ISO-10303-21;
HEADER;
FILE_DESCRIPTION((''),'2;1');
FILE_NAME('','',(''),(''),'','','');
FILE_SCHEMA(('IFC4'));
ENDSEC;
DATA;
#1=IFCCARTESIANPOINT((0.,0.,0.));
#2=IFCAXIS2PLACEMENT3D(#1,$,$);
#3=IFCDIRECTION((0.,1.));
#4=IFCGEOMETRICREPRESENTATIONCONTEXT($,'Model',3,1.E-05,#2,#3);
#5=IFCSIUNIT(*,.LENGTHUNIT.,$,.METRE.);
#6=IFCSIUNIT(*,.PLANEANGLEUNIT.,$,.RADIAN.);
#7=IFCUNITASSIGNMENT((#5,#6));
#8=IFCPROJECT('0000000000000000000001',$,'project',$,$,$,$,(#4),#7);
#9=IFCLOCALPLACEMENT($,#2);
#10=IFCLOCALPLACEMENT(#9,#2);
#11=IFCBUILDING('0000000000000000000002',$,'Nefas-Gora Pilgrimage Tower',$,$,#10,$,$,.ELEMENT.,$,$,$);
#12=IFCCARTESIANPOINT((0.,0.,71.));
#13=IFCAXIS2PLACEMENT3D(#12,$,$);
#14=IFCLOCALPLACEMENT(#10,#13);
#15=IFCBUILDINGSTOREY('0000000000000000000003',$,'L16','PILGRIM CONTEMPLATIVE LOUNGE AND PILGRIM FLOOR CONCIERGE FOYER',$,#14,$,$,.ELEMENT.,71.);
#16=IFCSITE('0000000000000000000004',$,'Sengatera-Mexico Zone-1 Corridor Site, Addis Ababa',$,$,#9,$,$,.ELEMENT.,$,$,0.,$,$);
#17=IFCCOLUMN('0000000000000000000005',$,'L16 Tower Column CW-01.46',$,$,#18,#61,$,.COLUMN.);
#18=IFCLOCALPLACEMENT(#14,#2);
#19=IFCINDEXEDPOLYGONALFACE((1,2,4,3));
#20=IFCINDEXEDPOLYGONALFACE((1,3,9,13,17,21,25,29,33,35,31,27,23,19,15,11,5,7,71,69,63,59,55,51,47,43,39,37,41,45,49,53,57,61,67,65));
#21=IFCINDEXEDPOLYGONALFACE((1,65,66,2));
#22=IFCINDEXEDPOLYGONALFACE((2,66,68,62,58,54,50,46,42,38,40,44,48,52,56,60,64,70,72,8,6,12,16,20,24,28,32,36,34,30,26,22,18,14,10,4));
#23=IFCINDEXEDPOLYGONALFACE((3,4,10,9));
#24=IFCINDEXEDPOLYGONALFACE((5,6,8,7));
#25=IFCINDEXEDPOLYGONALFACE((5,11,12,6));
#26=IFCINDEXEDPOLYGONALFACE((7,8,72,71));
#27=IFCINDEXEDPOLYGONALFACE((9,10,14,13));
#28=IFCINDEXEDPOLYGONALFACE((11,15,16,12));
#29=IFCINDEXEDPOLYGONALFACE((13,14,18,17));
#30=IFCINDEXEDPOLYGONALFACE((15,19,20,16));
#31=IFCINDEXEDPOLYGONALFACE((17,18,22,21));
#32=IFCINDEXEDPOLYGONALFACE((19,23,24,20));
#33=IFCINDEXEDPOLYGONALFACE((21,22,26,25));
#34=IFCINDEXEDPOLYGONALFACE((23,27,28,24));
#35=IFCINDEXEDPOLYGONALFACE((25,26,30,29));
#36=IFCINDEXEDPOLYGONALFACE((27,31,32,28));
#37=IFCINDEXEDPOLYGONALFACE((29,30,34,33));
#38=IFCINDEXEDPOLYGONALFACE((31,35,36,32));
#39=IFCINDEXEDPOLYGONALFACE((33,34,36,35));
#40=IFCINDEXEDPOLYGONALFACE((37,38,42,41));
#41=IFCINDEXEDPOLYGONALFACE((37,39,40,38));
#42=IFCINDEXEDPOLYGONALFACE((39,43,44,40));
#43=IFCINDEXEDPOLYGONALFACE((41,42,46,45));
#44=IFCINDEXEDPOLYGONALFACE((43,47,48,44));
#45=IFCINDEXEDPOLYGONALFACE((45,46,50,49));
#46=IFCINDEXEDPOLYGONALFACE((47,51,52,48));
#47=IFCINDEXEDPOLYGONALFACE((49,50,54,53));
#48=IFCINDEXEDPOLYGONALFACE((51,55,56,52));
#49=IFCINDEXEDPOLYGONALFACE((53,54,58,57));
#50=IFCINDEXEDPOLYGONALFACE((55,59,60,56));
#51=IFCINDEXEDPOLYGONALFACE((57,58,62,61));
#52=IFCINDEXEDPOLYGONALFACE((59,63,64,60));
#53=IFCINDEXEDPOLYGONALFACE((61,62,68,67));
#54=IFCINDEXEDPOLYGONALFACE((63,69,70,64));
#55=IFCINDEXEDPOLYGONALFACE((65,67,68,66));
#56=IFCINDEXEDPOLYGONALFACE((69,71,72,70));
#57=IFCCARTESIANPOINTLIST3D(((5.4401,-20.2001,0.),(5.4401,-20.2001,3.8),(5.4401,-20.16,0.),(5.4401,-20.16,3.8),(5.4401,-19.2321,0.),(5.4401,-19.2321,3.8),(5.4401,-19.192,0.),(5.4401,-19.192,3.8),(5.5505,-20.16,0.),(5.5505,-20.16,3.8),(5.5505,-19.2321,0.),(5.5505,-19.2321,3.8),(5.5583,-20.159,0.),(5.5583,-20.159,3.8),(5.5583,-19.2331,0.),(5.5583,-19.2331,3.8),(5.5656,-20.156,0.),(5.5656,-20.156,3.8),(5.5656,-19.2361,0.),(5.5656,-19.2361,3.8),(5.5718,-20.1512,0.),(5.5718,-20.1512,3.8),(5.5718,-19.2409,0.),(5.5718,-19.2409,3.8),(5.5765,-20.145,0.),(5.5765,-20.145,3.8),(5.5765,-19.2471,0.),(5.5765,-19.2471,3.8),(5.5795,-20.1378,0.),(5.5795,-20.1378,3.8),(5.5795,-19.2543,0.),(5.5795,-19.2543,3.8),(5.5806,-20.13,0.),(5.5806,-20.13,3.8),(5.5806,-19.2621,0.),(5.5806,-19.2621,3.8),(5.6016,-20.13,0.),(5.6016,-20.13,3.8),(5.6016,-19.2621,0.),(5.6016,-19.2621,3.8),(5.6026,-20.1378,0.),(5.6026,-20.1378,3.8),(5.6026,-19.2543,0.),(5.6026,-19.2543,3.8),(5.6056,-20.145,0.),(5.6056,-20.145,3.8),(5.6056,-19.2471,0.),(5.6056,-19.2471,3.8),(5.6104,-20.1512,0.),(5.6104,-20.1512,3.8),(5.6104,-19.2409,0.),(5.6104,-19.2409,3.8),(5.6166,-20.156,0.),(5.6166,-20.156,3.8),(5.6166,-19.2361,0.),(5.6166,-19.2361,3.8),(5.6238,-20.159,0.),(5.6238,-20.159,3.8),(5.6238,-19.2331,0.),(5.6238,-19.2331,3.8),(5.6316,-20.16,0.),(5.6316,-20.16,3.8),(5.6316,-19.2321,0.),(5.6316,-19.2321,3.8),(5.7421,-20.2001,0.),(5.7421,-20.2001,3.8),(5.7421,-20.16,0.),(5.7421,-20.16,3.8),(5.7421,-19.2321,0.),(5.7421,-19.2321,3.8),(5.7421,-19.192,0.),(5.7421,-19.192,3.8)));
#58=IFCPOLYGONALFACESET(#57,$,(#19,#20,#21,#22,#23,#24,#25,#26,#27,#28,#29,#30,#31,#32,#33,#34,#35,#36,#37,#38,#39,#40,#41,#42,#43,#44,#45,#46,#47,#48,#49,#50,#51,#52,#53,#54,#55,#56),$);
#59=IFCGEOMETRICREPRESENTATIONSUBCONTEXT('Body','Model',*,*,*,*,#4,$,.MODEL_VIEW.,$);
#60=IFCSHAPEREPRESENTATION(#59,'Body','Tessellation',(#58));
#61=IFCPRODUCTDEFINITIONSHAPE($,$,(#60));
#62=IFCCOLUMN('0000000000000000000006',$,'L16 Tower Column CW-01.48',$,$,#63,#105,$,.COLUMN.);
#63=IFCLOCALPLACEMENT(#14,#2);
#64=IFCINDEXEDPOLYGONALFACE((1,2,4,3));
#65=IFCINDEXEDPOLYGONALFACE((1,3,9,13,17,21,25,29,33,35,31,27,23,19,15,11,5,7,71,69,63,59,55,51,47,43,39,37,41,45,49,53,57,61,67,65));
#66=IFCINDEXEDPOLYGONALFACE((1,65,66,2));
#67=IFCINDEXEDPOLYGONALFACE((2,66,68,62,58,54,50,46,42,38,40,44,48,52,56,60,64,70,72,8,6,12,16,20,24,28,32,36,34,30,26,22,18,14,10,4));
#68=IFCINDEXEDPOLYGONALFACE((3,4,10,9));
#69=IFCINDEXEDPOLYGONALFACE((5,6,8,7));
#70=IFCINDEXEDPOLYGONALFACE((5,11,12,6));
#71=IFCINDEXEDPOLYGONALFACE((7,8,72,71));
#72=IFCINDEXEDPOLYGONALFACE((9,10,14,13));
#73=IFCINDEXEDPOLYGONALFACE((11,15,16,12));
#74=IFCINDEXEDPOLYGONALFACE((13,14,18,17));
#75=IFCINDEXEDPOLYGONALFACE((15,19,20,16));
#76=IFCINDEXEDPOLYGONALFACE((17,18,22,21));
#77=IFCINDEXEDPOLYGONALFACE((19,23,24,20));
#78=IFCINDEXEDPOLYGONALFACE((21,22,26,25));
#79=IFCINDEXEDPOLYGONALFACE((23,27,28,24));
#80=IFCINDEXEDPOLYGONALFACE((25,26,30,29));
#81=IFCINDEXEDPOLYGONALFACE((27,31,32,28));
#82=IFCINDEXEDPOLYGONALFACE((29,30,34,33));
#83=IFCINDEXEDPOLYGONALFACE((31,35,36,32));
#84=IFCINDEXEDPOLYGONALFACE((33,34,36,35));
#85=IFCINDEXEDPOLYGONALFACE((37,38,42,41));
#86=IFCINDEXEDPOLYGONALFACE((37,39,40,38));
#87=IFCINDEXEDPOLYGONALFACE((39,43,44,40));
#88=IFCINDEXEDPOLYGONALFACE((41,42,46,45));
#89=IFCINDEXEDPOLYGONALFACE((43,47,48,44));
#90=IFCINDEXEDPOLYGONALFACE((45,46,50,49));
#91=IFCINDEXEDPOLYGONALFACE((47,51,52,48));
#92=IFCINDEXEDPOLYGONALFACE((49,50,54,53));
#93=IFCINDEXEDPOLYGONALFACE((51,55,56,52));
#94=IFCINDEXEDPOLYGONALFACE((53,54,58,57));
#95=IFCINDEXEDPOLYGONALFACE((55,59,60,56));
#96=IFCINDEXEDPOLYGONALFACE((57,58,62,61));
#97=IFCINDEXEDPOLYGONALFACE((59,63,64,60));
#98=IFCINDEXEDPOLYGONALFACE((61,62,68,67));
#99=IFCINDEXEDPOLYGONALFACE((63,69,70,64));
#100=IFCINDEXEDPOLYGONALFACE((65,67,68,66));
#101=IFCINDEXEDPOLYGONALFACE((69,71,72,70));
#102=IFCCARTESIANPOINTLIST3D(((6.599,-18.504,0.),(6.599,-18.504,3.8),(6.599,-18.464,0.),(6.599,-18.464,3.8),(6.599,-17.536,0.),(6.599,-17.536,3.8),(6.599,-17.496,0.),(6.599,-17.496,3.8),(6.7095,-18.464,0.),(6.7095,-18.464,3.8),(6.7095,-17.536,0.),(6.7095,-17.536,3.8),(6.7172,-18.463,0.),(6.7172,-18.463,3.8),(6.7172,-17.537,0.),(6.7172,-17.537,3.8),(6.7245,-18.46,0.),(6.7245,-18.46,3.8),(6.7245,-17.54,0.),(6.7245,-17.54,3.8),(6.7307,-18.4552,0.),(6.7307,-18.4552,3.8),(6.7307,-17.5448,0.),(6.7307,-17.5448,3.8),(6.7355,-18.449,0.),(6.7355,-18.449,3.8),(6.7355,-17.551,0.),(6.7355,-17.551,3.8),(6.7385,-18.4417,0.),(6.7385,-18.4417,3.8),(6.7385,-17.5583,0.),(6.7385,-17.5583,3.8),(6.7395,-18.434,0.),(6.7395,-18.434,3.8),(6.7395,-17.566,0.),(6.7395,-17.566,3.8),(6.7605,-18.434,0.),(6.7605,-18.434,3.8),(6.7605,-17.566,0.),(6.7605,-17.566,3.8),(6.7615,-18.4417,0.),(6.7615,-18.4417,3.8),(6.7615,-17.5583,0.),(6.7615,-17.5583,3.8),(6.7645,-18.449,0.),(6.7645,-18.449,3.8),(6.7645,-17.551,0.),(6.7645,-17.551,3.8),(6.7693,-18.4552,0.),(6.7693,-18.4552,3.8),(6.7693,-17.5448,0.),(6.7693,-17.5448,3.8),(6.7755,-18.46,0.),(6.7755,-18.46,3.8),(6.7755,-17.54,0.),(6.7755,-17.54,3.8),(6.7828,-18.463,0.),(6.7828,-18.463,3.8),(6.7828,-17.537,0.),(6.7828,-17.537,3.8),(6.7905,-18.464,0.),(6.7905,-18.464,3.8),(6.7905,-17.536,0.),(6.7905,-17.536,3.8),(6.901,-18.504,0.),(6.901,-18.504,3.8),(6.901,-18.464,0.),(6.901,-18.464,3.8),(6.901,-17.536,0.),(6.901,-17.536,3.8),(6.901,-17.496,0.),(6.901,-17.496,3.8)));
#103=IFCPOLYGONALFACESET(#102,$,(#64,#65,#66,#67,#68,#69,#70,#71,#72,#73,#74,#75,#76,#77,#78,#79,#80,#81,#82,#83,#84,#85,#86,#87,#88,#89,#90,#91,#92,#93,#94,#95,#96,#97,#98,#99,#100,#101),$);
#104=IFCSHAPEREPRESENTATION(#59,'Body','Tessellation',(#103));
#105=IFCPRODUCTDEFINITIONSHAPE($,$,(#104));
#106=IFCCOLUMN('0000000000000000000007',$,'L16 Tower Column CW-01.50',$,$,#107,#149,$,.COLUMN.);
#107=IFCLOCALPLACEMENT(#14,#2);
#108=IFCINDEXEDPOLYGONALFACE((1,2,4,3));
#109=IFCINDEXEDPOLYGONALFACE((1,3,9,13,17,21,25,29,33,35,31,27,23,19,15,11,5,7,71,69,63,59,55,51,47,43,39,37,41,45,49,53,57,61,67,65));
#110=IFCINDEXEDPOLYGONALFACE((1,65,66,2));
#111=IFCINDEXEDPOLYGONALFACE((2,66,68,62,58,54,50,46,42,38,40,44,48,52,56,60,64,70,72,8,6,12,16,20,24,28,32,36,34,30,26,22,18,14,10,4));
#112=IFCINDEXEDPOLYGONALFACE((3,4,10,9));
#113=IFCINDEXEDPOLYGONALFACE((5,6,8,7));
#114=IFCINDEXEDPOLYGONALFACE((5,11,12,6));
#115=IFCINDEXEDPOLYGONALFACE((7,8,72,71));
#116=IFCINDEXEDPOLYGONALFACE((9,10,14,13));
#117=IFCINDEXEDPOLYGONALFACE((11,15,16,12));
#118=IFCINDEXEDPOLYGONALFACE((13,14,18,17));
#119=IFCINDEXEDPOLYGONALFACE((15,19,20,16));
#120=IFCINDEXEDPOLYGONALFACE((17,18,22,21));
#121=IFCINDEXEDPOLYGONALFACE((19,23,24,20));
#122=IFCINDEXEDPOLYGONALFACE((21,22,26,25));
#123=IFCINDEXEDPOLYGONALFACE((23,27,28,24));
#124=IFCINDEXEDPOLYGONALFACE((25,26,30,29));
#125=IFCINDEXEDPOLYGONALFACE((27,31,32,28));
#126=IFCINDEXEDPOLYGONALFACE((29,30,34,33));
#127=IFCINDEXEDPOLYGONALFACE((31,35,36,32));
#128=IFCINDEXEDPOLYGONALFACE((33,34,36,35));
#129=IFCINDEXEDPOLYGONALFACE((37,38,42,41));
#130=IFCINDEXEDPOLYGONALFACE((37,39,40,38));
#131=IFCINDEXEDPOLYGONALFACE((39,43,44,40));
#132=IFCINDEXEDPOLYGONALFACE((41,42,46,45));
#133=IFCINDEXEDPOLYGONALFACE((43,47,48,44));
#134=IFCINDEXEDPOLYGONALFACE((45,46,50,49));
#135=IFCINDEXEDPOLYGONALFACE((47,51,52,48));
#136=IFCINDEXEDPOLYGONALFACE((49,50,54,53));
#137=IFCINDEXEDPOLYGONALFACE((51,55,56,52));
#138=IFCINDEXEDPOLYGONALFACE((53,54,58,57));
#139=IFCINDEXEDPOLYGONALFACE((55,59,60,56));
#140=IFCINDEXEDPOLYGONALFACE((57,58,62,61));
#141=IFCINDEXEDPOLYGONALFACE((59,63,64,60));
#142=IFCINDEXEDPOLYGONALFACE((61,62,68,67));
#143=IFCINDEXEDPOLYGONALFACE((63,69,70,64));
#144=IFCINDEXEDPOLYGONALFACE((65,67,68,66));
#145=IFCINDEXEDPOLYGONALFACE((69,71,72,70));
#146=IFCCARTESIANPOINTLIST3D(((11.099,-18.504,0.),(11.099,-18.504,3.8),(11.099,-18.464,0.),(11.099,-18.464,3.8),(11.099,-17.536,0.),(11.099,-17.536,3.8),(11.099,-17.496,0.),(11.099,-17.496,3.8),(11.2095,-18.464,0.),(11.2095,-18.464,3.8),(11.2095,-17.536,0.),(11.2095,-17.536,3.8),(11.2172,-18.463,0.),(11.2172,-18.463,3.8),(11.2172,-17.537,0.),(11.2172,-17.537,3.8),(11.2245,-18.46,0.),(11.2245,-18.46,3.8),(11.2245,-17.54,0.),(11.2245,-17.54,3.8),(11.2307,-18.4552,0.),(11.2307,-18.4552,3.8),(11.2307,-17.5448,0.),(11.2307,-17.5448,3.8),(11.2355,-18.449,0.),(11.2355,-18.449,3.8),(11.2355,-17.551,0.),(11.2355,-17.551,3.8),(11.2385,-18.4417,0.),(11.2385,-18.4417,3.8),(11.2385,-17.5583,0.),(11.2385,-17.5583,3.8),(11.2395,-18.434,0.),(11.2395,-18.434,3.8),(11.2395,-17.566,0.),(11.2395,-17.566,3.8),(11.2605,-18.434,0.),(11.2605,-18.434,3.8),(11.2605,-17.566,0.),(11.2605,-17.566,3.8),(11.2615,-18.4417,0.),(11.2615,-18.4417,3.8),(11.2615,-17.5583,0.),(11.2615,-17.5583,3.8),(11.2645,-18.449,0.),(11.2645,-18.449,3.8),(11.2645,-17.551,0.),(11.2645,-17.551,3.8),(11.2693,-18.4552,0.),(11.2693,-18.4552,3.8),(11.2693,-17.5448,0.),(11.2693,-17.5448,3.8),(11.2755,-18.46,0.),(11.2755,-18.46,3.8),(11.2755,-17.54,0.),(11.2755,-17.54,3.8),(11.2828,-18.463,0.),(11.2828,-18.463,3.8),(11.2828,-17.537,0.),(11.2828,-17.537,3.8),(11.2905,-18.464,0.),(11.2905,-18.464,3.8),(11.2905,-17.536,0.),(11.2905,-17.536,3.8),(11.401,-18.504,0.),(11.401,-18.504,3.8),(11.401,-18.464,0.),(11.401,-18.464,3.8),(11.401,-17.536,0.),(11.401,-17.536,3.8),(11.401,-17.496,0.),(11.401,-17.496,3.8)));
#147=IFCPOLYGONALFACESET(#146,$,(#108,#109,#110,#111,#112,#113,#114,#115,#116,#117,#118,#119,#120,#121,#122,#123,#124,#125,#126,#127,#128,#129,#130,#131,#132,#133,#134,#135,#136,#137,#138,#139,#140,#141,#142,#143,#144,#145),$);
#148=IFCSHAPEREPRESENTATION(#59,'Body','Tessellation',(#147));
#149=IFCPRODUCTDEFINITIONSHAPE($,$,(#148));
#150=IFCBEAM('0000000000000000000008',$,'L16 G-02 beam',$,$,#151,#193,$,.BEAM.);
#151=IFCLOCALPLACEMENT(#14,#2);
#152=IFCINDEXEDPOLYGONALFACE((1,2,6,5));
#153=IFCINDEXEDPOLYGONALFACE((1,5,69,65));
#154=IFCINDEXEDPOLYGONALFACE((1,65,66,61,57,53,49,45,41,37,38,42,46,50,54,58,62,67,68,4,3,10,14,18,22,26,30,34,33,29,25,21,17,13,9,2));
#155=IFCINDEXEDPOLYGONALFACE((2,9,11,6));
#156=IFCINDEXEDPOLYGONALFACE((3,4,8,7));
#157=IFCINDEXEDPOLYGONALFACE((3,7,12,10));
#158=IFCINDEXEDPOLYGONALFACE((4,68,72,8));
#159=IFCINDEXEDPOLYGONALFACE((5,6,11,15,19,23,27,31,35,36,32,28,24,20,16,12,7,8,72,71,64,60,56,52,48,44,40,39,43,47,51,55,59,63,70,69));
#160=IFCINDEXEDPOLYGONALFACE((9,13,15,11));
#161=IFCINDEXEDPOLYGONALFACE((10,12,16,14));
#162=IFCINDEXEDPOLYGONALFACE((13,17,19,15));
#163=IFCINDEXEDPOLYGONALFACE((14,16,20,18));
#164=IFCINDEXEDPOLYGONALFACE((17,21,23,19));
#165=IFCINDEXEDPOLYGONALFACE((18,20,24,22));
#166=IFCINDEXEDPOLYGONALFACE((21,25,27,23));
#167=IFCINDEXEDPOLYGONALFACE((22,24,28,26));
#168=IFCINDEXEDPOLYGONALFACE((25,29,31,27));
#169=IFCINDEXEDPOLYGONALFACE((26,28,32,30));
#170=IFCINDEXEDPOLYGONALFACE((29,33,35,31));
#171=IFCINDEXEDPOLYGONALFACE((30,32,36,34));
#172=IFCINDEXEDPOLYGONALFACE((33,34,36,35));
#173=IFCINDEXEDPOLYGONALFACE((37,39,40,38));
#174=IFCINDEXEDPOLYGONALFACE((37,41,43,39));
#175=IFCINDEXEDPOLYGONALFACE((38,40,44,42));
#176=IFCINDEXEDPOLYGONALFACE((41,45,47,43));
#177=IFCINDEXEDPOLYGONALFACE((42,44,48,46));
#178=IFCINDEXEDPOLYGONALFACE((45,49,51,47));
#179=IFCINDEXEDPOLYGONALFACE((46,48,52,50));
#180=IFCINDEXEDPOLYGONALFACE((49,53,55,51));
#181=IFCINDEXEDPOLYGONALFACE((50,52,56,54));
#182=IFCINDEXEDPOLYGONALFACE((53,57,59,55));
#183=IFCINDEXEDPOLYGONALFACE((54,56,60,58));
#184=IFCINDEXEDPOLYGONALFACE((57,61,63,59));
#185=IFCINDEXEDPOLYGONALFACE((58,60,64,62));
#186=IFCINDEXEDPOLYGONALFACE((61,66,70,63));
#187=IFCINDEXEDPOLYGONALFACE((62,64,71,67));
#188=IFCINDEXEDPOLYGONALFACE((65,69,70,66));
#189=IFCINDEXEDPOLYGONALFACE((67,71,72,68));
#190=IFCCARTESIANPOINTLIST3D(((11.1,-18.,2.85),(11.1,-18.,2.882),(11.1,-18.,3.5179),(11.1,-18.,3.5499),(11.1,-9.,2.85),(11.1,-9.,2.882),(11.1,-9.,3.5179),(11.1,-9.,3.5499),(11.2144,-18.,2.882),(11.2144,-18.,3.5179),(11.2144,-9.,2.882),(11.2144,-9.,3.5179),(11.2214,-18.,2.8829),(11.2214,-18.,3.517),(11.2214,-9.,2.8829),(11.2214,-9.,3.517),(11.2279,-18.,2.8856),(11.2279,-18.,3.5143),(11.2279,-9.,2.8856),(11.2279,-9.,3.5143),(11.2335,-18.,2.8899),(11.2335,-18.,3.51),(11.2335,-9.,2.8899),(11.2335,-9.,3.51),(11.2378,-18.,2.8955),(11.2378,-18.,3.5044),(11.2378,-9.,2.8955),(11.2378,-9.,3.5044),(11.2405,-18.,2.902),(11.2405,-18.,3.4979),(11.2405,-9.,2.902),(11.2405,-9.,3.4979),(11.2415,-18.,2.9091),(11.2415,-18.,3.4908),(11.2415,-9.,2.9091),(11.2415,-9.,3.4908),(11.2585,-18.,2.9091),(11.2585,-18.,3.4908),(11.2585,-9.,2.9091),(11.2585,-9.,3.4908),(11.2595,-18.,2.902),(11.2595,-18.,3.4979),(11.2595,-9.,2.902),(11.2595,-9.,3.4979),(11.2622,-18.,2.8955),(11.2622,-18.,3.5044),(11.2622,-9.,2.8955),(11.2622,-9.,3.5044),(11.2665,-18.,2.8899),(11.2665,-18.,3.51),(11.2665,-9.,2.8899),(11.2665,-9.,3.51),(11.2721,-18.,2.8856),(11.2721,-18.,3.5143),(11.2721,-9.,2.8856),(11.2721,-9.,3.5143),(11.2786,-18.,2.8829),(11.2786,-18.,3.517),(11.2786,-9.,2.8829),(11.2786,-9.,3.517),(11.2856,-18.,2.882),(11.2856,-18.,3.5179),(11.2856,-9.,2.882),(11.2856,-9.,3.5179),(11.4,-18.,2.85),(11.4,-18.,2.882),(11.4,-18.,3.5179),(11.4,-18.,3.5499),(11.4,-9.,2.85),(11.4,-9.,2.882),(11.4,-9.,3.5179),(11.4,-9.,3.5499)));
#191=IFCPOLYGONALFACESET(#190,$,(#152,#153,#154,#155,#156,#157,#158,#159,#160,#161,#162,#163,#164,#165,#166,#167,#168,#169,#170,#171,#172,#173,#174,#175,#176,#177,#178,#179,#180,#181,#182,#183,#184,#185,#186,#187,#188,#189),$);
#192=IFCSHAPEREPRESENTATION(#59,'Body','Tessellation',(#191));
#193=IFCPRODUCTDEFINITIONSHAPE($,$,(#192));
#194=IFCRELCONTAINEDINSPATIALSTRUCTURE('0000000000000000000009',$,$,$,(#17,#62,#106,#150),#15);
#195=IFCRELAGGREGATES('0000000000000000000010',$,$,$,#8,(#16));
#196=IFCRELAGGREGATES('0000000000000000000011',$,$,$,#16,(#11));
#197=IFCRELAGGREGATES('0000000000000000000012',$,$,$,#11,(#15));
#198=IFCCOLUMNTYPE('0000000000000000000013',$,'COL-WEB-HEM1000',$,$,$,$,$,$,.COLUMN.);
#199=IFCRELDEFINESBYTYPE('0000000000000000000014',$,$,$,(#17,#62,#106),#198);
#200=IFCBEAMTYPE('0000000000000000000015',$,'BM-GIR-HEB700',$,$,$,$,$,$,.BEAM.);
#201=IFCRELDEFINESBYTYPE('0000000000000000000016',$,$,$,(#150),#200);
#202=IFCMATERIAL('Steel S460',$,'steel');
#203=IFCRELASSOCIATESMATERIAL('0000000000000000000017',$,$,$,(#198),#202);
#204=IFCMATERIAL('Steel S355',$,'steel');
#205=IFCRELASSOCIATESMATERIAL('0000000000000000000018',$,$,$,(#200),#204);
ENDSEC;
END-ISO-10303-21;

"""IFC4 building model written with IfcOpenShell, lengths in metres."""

from ifc_helpers import new_model, si_unit, direction, frame, origin, origin_2d, place, context, subcontext, project, spatial, i_section, extrude, source, transform, mapped, material, material_profile, profile_set, type_object, element, save


model = new_model("IFC4")

# Units and contexts
model_context = context("Model", 3, precision=1e-05, world=origin(), true_north=direction((0.0, 1.0)))
body_context = subcontext(model_context, "Body", "Model", "MODEL_VIEW")
ifc_project = project(units=[si_unit("LENGTHUNIT", "METRE"), si_unit("PLANEANGLEUNIT", "RADIAN")], contexts=[model_context])

# Site, building, storey
site_placement = place(None, origin())
site = spatial("IfcSite", under=ifc_project, at=site_placement, Name="Sengatera-Mexico Zone-1 Corridor Site, Addis Ababa", CompositionType="ELEMENT", RefElevation=0.0)
building_placement = place(site_placement, origin())
building = spatial("IfcBuilding", under=site, at=building_placement, Name="Nefas-Gora Pilgrimage Tower", CompositionType="ELEMENT")
storey_placement = place(building_placement, frame((0.0, 0.0, 71.0)))
storey = spatial("IfcBuildingStorey", under=building, at=storey_placement, Name="L16", Description="PILGRIM CONTEMPLATIVE LOUNGE AND PILGRIM FLOOR CONCIERGE FOYER", CompositionType="ELEMENT", Elevation=71.0)

# Columns
ifc_material_1 = material(Name="Steel S460", Category="steel")
ifc_material_profile_1 = material_profile(ifc_material_1, i_section(OverallWidth=0.302, OverallDepth=1.0081, WebThickness=0.021, FlangeThickness=0.04, FilletRadius=0.03, at=origin_2d()), Name="HEM 1000")
ifc_profile_set_1 = profile_set([ifc_material_profile_1], Name="Steel S460")
column_type_1 = type_object("IfcColumnType", Name="COL-WEB-HEM1000", PredefinedType="COLUMN", material=ifc_profile_set_1)
shared_shape_1 = source(origin(), body_context, "Body", "SweptSolid", [
    extrude(i_section(OverallWidth=0.302, OverallDepth=1.0081, WebThickness=0.021, FlangeThickness=0.04, FilletRadius=0.03, at=origin_2d()), origin(), (0.0, 0.0, 1.0), 3.8),
])
for number, where, z_axis, x_axis, name in (
    (1, (5.5911, -19.696, 0.0), (0.0, 0.0, 1.0), (1.0, 0.0, 0.0), "L16 Tower Column CW-01.46"),
    (2, (6.75, -18.0, 0.0), (0.0, 0.0, 1.0), (1.0, 0.0, 0.0), "L16 Tower Column CW-01.48"),
    (3, (11.25, -18.0, 0.0), (0.0, 0.0, 1.0), (1.0, 0.0, 0.0), "L16 Tower Column CW-01.50"),
):
    element("IfcColumn", number, at=place(storey_placement, frame(where, z_axis=z_axis, x_axis=x_axis)), inside=storey, type_object=column_type_1, Name=name, PredefinedType="COLUMN", context=body_context, shape_type="MappedRepresentation", body=[
        mapped(shared_shape_1, transform((0.0, 0.0, 0.0), x_axis=(1.0, 0.0, 0.0), y_axis=(0.0, 1.0, 0.0), z_axis=(0.0, 0.0, 1.0), scale=1.0)),
    ])

# Beam
ifc_material_2 = material(Name="Steel S355", Category="steel")
ifc_material_profile_2 = material_profile(ifc_material_2, i_section(OverallWidth=0.3, OverallDepth=0.7, WebThickness=0.0171, FlangeThickness=0.032, FilletRadius=0.0271, at=origin_2d()), Name="HEB 700")
ifc_profile_set_2 = profile_set([ifc_material_profile_2], Name="Steel S355")
beam_type_1 = type_object("IfcBeamType", Name="BM-GIR-HEB700", PredefinedType="BEAM", material=ifc_profile_set_2)
shared_shape_2 = source(origin(), body_context, "Body", "SweptSolid", [
    extrude(i_section(OverallWidth=0.3, OverallDepth=0.7, WebThickness=0.0171, FlangeThickness=0.032, FilletRadius=0.0271, at=origin_2d()), origin(), (0.0, 0.0, 1.0), 9.0),
])
beam_1_placement = place(storey_placement, frame((11.25, -18.0, 3.2), z_axis=(0.0, 1.0, 0.0), x_axis=(-1.0, 0.0, 0.0)))
element("IfcBeam", 4, at=beam_1_placement, inside=storey, type_object=beam_type_1, Name="L16 G-02 beam", PredefinedType="BEAM", context=body_context, shape_type="MappedRepresentation", body=[
    mapped(shared_shape_2, transform((0.0, 0.0, 0.0), x_axis=(1.0, 0.0, 0.0), y_axis=(0.0, 1.0, 0.0), z_axis=(0.0, 0.0, 1.0), scale=1.0)),
])

save(model, "model.ifc")
